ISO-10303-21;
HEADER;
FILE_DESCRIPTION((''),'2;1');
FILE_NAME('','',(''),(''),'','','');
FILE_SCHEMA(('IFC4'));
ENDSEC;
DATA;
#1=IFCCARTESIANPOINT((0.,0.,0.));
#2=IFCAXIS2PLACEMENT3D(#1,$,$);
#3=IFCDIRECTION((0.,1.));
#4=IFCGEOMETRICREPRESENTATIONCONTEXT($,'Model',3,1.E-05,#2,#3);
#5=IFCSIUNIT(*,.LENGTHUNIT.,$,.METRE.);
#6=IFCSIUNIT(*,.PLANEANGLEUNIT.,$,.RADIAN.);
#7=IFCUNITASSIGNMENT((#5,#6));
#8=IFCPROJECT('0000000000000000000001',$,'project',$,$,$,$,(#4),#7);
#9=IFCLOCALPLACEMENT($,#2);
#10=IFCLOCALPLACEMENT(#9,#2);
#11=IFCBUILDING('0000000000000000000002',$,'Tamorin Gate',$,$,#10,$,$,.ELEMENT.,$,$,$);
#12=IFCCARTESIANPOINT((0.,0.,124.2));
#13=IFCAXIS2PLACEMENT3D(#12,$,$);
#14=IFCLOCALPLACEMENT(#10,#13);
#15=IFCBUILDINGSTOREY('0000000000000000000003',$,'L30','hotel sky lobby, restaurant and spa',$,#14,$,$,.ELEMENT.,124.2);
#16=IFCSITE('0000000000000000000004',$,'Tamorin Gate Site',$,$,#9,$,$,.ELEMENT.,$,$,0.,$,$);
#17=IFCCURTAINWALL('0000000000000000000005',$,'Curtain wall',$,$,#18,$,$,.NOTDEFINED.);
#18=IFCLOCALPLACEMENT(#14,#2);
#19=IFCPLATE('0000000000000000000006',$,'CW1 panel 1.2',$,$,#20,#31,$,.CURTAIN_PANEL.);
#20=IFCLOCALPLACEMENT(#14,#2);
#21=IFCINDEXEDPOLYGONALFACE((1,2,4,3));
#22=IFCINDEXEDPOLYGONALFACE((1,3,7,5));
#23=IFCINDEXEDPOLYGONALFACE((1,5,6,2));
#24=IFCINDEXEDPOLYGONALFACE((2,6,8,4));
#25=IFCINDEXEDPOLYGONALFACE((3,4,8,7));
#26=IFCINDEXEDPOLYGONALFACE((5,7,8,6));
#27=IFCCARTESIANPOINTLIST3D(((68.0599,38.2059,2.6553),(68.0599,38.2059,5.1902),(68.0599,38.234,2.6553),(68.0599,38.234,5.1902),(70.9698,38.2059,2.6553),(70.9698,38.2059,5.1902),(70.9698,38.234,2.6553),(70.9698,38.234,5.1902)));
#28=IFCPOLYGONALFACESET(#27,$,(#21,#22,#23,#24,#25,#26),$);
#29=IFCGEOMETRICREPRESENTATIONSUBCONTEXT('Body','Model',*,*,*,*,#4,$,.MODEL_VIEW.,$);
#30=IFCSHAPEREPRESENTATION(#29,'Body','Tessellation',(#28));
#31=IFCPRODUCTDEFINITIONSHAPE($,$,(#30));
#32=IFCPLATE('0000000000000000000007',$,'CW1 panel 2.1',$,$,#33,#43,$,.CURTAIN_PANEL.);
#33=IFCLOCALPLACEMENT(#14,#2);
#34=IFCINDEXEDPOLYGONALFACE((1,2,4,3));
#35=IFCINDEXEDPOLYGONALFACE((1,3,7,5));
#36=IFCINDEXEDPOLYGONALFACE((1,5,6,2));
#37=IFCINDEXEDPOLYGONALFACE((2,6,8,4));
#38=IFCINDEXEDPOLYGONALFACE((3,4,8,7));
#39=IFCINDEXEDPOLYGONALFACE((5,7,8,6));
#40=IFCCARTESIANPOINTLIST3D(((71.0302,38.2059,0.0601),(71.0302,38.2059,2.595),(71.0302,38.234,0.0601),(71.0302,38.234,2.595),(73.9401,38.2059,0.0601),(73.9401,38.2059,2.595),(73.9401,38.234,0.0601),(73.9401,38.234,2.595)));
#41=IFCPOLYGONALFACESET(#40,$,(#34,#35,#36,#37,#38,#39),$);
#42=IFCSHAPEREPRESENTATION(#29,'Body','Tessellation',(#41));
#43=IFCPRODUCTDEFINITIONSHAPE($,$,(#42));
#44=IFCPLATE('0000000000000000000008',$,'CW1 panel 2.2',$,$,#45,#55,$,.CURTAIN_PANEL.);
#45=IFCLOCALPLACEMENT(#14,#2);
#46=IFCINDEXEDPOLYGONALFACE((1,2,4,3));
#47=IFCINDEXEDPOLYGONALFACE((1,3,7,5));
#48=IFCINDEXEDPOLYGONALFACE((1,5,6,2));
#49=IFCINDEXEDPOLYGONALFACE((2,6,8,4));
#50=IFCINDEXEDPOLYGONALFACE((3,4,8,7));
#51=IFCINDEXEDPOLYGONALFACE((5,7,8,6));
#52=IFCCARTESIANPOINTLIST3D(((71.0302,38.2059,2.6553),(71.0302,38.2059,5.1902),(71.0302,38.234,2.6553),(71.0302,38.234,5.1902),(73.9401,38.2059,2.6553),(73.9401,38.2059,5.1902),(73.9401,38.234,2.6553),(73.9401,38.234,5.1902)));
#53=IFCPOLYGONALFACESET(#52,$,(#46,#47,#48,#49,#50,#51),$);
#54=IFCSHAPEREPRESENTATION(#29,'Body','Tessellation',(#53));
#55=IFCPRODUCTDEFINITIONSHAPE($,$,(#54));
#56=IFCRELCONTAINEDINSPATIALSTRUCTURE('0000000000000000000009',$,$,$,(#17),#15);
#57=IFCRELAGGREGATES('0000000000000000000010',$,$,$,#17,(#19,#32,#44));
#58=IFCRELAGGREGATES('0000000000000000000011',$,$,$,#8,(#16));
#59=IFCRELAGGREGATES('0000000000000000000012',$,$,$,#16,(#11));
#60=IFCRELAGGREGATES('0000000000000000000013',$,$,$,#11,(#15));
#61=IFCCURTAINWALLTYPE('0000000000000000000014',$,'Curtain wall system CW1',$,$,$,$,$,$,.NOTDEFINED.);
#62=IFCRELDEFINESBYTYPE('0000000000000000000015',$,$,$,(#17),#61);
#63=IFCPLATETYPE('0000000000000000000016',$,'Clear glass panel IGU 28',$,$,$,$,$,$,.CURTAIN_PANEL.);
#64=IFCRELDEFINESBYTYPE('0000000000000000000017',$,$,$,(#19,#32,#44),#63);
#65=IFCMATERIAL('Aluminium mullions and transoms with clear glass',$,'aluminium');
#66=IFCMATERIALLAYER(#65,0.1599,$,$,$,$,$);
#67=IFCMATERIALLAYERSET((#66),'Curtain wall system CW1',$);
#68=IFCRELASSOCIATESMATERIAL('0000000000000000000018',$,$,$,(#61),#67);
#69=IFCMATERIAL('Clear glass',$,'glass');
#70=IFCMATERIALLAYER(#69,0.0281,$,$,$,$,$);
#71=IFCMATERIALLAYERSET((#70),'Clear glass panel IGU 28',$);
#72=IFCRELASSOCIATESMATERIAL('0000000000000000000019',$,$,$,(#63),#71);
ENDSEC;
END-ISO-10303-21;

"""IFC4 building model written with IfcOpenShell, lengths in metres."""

from ifc_helpers import new_model, si_unit, direction, frame, origin, origin_2d, place, context, subcontext, project, spatial, rectangle, extrude, material, layer, layer_set, type_object, element, aggregate, save


model = new_model("IFC4")

# Units and contexts
model_context = context("Model", 3, precision=1e-05, world=origin(), true_north=direction((0.0, 1.0)))
body_context = subcontext(model_context, "Body", "Model", "MODEL_VIEW")
ifc_project = project(units=[si_unit("LENGTHUNIT", "METRE"), si_unit("PLANEANGLEUNIT", "RADIAN")], contexts=[model_context])

# Site, building, storey
site_placement = place(None, origin())
site = spatial("IfcSite", under=ifc_project, at=site_placement, Name="Tamorin Gate Site", CompositionType="ELEMENT", RefElevation=0.0)
building_placement = place(site_placement, origin())
building = spatial("IfcBuilding", under=site, at=building_placement, Name="Tamorin Gate", CompositionType="ELEMENT")
storey_placement = place(building_placement, frame((0.0, 0.0, 124.2)))
storey = spatial("IfcBuildingStorey", under=building, at=storey_placement, Name="L30", Description="hotel sky lobby, restaurant and spa", CompositionType="ELEMENT", Elevation=124.2)

# Curtain wall
ifc_material_1 = material(Name="Aluminium mullions and transoms with clear glass", Category="aluminium")
ifc_layer_1 = layer(ifc_material_1, 0.1599)
ifc_layer_set_1 = layer_set([ifc_layer_1], Name="Curtain wall system CW1")
curtain_wall_type = type_object("IfcCurtainWallType", Name="Curtain wall system CW1", PredefinedType="NOTDEFINED", material=ifc_layer_set_1)
curtain_wall_1_placement = place(storey_placement, origin())
curtain_wall_1 = element("IfcCurtainWall", 1, at=curtain_wall_1_placement, inside=storey, type_object=curtain_wall_type, Name="Curtain wall", PredefinedType="NOTDEFINED")

# Plates
ifc_material_2 = material(Name="Clear glass", Category="glass")
ifc_layer_2 = layer(ifc_material_2, 0.0281)
ifc_layer_set_2 = layer_set([ifc_layer_2], Name="Clear glass panel IGU 28")
plate_type = type_object("IfcPlateType", Name="Clear glass panel IGU 28", PredefinedType="CURTAIN_PANEL", material=ifc_layer_set_2)
plate_1_placement = place(storey_placement, frame((69.5149, 38.22, 2.6553), z_axis=(0.0, 0.0, 1.0), x_axis=(1.0, 0.0, 0.0)))
plate_1 = element("IfcPlate", 2, at=plate_1_placement, type_object=plate_type, Name="CW1 panel 1.2", PredefinedType="CURTAIN_PANEL", context=body_context, shape_type="SweptSolid", body=[
    extrude(rectangle(XDim=2.9099, YDim=0.0281, at=origin_2d()), origin(), (0.0, 0.0, 1.0), 2.5349),
])
plate_2_placement = place(storey_placement, frame((72.4851, 38.22, 0.0601), z_axis=(0.0, 0.0, 1.0), x_axis=(1.0, 0.0, 0.0)))
plate_2 = element("IfcPlate", 3, at=plate_2_placement, type_object=plate_type, Name="CW1 panel 2.1", PredefinedType="CURTAIN_PANEL", context=body_context, shape_type="SweptSolid", body=[
    extrude(rectangle(XDim=2.9099, YDim=0.0281, at=origin_2d()), origin(), (0.0, 0.0, 1.0), 2.5349),
])
plate_3_placement = place(storey_placement, frame((72.4851, 38.22, 2.6553), z_axis=(0.0, 0.0, 1.0), x_axis=(1.0, 0.0, 0.0)))
plate_3 = element("IfcPlate", 4, at=plate_3_placement, type_object=plate_type, Name="CW1 panel 2.2", PredefinedType="CURTAIN_PANEL", context=body_context, shape_type="SweptSolid", body=[
    extrude(rectangle(XDim=2.9099, YDim=0.0281, at=origin_2d()), origin(), (0.0, 0.0, 1.0), 2.5349),
])
aggregate(curtain_wall_1, [plate_1, plate_2, plate_3])

save(model, "model.ifc")
